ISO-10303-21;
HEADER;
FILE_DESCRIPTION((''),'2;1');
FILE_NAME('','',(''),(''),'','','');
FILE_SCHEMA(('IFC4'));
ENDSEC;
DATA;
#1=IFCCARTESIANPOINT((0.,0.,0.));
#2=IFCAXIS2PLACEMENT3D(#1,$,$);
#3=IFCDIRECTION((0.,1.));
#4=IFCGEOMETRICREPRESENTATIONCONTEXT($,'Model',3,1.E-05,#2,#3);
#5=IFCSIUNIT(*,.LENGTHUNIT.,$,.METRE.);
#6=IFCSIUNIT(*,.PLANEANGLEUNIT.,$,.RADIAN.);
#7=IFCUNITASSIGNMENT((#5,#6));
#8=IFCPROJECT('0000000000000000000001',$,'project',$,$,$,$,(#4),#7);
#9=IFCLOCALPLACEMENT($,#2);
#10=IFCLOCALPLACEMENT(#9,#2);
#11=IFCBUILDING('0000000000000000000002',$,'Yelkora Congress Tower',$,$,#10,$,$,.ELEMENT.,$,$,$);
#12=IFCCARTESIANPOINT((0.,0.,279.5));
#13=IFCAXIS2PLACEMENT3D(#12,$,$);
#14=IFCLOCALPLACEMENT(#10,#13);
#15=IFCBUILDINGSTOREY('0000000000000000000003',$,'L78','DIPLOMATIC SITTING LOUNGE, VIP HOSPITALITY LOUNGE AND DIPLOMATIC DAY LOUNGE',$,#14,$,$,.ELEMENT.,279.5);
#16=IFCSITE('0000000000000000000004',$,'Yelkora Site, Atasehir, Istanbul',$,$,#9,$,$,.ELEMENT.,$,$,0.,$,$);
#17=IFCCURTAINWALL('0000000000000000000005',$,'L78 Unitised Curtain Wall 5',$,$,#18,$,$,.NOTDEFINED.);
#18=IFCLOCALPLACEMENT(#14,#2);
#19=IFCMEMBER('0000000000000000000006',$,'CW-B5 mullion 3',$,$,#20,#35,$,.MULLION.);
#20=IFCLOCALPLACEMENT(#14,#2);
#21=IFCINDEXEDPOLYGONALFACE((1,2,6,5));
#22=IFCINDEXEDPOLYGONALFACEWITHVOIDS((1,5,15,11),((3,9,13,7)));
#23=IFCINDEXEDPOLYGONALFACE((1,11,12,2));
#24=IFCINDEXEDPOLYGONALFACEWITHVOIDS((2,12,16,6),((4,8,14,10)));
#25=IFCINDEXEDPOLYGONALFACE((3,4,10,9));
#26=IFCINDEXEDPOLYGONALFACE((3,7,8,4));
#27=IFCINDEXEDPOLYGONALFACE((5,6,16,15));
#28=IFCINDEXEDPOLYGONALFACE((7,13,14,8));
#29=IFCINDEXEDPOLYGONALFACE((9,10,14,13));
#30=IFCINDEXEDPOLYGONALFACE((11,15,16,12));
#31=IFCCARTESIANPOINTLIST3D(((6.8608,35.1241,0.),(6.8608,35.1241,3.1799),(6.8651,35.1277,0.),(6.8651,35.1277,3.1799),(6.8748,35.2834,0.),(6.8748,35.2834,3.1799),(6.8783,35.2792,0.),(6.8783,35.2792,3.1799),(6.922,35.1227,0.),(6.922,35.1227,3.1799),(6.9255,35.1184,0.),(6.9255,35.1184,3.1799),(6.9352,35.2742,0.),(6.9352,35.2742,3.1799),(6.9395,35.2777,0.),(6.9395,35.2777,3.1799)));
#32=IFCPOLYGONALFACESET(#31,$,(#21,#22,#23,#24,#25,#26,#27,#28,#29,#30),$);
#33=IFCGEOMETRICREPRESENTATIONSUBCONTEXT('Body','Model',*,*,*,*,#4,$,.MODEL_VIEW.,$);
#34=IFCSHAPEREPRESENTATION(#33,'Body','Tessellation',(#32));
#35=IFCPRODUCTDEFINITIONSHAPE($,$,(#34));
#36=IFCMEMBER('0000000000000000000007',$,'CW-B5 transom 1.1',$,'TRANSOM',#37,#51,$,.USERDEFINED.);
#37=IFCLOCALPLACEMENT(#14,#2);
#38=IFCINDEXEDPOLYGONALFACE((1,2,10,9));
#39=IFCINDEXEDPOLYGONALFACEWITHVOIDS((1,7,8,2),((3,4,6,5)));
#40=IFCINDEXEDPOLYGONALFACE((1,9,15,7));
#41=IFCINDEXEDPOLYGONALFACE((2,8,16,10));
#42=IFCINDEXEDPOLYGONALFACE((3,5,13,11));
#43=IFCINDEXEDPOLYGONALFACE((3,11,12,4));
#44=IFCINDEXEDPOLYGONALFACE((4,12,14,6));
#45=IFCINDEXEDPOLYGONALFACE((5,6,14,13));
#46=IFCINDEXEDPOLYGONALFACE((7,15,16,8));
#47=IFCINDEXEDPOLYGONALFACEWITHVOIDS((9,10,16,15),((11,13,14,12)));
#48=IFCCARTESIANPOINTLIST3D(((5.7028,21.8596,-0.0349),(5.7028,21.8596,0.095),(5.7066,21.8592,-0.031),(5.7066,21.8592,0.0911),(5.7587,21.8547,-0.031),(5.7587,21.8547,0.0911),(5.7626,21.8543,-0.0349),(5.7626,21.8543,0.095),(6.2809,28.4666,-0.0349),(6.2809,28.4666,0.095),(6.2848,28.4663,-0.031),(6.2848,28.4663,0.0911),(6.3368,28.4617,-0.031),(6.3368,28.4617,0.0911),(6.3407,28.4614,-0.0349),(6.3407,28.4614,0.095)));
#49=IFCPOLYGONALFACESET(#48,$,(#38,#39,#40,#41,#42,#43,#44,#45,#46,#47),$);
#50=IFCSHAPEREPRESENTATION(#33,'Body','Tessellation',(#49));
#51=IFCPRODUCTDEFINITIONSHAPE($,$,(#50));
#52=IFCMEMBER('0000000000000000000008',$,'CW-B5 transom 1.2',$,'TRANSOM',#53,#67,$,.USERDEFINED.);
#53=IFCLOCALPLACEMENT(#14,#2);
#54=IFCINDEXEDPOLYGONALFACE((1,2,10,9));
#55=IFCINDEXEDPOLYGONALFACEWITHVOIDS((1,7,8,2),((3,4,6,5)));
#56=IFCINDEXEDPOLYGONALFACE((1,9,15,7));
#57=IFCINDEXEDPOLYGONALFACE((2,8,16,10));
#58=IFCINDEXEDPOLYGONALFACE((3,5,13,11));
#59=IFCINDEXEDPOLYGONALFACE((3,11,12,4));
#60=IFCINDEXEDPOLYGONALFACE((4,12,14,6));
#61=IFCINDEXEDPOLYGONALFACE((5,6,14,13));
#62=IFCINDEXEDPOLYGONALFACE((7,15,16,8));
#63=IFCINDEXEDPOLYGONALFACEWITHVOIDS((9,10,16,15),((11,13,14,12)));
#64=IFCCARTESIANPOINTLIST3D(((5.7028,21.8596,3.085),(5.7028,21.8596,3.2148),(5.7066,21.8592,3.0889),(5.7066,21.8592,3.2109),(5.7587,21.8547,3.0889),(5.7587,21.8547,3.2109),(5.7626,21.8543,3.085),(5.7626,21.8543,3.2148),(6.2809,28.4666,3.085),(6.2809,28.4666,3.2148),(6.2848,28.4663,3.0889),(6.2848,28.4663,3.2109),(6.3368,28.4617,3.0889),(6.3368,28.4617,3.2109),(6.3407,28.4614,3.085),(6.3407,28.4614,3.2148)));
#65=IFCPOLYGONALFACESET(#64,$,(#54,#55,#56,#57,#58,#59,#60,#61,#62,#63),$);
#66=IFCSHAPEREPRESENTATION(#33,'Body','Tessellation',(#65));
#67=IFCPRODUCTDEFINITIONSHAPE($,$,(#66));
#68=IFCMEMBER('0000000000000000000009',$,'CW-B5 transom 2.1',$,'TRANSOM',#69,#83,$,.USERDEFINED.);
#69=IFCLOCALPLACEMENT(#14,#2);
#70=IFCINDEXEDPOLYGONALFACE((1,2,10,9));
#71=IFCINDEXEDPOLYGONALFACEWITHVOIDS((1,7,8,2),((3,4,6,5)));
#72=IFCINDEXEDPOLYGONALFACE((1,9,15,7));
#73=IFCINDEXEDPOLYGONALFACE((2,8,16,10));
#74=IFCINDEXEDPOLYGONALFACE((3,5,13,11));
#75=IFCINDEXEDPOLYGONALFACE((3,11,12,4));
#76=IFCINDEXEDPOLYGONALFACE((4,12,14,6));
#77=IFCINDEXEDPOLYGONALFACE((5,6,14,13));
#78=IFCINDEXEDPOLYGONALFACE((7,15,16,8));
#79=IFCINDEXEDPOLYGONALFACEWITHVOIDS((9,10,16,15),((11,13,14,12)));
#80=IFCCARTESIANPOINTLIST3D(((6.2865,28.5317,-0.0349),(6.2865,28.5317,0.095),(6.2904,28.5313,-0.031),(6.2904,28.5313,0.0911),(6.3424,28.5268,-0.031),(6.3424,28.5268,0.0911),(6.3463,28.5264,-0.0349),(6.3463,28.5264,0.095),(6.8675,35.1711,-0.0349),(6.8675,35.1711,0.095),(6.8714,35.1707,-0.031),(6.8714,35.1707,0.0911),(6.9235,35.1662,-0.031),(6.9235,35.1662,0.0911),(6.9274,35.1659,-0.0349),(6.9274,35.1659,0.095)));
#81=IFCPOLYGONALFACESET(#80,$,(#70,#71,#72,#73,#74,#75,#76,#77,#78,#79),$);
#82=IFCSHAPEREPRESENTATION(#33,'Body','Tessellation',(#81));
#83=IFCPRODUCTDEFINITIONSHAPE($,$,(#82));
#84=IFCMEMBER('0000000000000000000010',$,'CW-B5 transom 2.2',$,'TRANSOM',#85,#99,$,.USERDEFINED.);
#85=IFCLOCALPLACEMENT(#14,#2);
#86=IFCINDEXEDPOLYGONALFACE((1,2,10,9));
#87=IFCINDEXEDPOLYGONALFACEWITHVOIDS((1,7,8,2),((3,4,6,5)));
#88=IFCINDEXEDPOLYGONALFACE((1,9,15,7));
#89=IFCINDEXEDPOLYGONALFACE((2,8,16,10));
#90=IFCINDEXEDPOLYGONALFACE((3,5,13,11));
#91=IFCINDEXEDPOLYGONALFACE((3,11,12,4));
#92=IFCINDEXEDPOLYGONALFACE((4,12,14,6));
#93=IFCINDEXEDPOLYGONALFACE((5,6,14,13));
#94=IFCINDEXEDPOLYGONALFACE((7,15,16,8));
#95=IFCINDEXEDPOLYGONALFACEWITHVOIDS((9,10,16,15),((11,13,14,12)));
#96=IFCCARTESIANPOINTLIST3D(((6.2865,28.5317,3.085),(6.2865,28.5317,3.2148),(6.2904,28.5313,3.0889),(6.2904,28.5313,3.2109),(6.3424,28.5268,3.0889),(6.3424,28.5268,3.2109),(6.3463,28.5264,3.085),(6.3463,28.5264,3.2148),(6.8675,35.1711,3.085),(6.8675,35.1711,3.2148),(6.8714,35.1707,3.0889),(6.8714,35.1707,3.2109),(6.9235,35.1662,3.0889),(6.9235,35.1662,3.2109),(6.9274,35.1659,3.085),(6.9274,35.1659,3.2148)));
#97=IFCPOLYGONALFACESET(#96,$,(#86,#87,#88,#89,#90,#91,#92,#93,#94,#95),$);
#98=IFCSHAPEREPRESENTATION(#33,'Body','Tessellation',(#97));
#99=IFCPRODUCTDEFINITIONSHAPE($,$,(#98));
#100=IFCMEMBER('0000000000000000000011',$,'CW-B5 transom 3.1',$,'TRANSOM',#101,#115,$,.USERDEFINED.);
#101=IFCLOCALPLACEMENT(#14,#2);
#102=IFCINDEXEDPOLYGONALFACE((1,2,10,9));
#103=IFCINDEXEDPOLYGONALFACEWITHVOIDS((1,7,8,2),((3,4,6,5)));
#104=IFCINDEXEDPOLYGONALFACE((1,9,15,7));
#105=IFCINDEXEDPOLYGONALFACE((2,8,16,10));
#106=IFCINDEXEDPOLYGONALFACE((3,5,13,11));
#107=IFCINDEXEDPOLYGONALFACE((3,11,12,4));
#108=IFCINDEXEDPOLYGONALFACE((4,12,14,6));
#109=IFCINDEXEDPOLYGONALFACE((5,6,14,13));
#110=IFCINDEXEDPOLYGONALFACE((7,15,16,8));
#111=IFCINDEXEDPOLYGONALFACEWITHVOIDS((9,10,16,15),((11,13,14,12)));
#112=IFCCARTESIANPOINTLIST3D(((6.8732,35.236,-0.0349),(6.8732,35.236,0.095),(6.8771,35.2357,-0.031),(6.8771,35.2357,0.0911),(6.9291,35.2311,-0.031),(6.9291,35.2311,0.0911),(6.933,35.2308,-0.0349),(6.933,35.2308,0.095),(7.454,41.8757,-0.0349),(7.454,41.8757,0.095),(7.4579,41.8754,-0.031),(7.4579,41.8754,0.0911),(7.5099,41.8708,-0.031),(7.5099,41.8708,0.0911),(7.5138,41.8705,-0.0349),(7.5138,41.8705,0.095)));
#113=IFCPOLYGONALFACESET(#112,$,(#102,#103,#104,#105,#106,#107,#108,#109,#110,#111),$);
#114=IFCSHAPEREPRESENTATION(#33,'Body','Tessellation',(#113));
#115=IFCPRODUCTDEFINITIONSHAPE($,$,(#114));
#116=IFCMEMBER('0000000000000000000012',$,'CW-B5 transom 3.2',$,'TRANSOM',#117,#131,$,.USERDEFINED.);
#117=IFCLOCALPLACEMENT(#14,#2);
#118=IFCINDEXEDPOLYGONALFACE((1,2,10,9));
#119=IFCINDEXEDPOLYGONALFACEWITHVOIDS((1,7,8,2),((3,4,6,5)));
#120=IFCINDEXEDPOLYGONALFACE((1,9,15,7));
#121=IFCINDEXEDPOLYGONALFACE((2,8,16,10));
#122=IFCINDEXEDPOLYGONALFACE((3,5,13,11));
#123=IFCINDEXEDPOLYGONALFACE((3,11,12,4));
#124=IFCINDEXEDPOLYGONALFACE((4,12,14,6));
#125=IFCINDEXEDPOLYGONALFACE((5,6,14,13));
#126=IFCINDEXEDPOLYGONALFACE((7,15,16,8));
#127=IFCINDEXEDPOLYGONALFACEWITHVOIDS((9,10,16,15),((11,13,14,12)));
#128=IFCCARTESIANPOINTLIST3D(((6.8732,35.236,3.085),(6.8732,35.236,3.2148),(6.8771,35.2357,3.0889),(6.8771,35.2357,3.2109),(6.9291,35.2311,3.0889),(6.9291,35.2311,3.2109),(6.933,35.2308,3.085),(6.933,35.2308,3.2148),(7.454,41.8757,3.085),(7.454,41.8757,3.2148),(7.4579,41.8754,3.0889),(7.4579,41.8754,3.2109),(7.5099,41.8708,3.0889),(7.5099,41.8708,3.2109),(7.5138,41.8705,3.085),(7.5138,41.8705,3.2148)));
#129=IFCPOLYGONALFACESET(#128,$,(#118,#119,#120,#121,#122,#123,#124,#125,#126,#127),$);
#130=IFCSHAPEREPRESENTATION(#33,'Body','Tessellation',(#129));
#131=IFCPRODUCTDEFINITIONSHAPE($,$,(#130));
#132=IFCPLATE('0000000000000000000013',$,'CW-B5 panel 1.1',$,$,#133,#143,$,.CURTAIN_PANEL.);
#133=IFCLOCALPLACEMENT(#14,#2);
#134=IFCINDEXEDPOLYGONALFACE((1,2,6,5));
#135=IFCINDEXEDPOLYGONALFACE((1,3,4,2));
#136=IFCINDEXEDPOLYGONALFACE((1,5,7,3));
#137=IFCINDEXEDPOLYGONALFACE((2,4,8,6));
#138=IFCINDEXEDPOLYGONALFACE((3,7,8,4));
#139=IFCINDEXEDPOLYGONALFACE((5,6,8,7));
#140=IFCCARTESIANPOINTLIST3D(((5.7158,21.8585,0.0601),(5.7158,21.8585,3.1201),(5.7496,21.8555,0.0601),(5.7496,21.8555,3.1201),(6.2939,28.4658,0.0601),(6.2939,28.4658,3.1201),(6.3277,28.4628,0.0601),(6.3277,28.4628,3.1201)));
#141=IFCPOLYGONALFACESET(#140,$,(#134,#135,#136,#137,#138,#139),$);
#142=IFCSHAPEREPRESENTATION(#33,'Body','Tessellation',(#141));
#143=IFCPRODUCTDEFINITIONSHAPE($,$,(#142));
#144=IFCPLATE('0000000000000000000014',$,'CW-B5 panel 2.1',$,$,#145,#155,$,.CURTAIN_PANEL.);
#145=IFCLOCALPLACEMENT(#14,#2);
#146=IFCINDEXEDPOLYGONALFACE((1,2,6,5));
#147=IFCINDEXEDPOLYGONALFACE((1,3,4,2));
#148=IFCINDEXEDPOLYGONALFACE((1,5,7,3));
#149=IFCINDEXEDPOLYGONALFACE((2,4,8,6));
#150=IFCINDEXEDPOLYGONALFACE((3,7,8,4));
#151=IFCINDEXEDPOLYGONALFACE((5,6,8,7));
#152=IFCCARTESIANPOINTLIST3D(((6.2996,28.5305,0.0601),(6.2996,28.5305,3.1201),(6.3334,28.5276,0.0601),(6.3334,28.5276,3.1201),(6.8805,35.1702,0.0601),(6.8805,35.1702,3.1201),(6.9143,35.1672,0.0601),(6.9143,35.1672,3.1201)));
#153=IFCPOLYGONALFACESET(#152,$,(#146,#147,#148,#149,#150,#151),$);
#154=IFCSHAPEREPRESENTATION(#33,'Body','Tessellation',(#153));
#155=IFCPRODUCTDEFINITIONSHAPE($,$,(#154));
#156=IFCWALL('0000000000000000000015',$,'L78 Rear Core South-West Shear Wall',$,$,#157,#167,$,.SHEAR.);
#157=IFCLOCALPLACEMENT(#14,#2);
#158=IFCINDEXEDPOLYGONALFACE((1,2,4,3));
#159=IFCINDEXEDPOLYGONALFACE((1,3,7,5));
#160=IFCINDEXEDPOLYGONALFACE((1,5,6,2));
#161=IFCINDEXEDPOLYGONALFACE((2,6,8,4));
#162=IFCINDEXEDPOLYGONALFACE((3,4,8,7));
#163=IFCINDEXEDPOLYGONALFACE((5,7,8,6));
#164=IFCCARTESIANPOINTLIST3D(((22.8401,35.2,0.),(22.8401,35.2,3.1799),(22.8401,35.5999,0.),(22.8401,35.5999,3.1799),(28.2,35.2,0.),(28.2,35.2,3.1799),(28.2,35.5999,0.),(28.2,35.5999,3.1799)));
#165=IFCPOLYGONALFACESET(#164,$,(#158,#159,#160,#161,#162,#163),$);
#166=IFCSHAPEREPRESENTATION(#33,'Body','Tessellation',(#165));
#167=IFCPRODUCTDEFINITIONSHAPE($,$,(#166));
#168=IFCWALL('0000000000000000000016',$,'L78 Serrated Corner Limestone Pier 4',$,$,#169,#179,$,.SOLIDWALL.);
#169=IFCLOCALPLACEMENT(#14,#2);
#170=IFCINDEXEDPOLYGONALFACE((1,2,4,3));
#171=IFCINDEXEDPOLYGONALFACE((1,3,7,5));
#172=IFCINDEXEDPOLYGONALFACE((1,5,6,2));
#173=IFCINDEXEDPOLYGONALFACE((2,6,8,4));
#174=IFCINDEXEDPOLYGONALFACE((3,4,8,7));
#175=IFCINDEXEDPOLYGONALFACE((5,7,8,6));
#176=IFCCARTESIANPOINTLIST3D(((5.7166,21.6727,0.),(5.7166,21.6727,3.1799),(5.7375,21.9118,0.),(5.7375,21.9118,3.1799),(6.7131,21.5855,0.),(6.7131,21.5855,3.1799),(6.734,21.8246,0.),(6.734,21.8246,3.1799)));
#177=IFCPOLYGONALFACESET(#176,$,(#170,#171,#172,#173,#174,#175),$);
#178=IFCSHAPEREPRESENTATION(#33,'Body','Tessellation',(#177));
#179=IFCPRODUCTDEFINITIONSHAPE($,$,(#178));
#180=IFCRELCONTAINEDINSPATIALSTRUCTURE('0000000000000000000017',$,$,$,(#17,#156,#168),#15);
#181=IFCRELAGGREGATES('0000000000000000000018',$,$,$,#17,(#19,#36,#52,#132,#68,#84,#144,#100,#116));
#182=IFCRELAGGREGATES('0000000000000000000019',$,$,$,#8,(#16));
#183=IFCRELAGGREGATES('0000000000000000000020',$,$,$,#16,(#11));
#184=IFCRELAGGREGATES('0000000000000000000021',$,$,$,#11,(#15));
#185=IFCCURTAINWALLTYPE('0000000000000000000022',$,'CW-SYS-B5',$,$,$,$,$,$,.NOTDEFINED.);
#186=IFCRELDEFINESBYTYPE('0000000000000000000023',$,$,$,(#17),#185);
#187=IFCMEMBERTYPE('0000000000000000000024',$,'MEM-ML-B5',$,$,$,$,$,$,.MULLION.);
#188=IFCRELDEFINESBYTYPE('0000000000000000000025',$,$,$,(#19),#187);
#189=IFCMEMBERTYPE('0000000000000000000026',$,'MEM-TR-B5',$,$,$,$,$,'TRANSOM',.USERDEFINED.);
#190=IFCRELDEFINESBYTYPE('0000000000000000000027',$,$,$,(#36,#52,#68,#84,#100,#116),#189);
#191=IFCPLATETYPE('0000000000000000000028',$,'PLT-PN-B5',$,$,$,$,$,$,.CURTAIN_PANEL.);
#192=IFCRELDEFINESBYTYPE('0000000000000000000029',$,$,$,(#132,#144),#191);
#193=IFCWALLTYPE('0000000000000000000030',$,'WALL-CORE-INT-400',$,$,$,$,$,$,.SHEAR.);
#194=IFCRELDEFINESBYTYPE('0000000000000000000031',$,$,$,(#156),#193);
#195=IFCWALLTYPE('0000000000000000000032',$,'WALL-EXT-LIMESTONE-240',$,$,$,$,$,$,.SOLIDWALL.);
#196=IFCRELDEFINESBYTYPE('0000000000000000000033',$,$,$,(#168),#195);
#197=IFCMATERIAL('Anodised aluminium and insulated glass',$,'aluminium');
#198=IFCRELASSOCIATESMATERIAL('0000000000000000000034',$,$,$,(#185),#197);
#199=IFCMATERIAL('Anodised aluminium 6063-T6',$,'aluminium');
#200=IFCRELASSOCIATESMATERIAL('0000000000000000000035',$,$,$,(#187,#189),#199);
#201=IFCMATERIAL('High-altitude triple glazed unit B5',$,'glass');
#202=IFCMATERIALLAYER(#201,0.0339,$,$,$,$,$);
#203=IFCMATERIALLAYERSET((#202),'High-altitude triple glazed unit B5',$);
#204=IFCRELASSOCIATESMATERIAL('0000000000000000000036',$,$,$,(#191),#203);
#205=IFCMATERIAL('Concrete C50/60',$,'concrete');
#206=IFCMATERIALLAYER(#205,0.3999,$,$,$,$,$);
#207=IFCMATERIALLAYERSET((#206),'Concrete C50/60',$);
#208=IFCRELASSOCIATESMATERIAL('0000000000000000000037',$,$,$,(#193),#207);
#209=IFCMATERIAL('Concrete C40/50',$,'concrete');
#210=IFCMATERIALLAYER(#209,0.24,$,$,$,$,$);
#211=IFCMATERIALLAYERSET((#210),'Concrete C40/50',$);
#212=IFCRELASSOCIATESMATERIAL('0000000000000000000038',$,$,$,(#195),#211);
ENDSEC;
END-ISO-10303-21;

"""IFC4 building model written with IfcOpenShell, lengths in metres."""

from ifc_helpers import new_model, si_unit, direction, frame, frame_2d, origin, origin_2d, place, context, subcontext, project, spatial, rectangle, hollow_rectangle, extrude, material, layer, layer_set, material_profile, profile_set, type_object, element, aggregate, save


model = new_model("IFC4")

# Units and contexts
model_context = context("Model", 3, precision=1e-05, world=origin(), true_north=direction((0.0, 1.0)))
body_context = subcontext(model_context, "Body", "Model", "MODEL_VIEW")
ifc_project = project(units=[si_unit("LENGTHUNIT", "METRE"), si_unit("PLANEANGLEUNIT", "RADIAN")], contexts=[model_context])

# Site, building, storey
site_placement = place(None, origin())
site = spatial("IfcSite", under=ifc_project, at=site_placement, Name="Yelkora Site, Atasehir, Istanbul", CompositionType="ELEMENT", RefElevation=0.0)
building_placement = place(site_placement, origin())
building = spatial("IfcBuilding", under=site, at=building_placement, Name="Yelkora Congress Tower", CompositionType="ELEMENT")
storey_placement = place(building_placement, frame((0.0, 0.0, 279.5)))
storey = spatial("IfcBuildingStorey", under=building, at=storey_placement, Name="L78", Description="DIPLOMATIC SITTING LOUNGE, VIP HOSPITALITY LOUNGE AND DIPLOMATIC DAY LOUNGE", CompositionType="ELEMENT", Elevation=279.5)

# Curtain wall, members, plates
ifc_material_1 = material(Name="Anodised aluminium and insulated glass", Category="aluminium")
curtain_wall_type = type_object("IfcCurtainWallType", Name="CW-SYS-B5", PredefinedType="NOTDEFINED", material=ifc_material_1)
curtain_wall_placement = place(storey_placement, origin())
curtain_wall = element("IfcCurtainWall", 1, at=curtain_wall_placement, inside=storey, type_object=curtain_wall_type, Name="L78 Unitised Curtain Wall 5", PredefinedType="NOTDEFINED")
ifc_material_2 = material(Name="Anodised aluminium 6063-T6", Category="aluminium")
ifc_material_profile_1 = material_profile(ifc_material_2, hollow_rectangle(XDim=0.0649, YDim=0.1599, WallThickness=0.0039, at=origin_2d()), Name="ALU 65x160x4")
ifc_profile_set_1 = profile_set([ifc_material_profile_1], Name="Anodised aluminium 6063-T6")
member_type_1 = type_object("IfcMemberType", Name="MEM-ML-B5", PredefinedType="MULLION", material=ifc_profile_set_1)
member_1_placement = place(storey_placement, frame((6.9001, 35.2009, 0.0), z_axis=(0.0, 0.0, 1.0), x_axis=(-0.996195, 0.087155, 0.0)))
member_1 = element("IfcMember", 2, at=member_1_placement, type_object=member_type_1, Name="CW-B5 mullion 3", PredefinedType="MULLION", context=body_context, shape_type="SweptSolid", body=[
    extrude(hollow_rectangle(XDim=0.0649, YDim=0.1599, WallThickness=0.0039, at=origin_2d()), origin(), (0.0, 0.0, 1.0), 3.1799),
])
ifc_material_profile_2 = material_profile(ifc_material_2, hollow_rectangle(XDim=0.0601, YDim=0.1299, WallThickness=0.0039, at=origin_2d()), Name="ALU 60x130x4")
ifc_profile_set_2 = profile_set([ifc_material_profile_2], Name="Anodised aluminium 6063-T6")
member_type_2 = type_object("IfcMemberType", Name="MEM-TR-B5", ElementType="TRANSOM", PredefinedType="USERDEFINED", material=ifc_profile_set_2)
member_2_placement = place(storey_placement, frame((5.7327, 21.8569, 0.03), z_axis=(0.087166, 0.996194, 0.0), x_axis=(-0.996194, 0.087166, 0.0)))
member_2 = element("IfcMember", 3, at=member_2_placement, type_object=member_type_2, Name="CW-B5 transom 1.1", ObjectType="TRANSOM", PredefinedType="USERDEFINED", context=body_context, shape_type="SweptSolid", body=[
    extrude(hollow_rectangle(XDim=0.0601, YDim=0.1299, WallThickness=0.0039, at=origin_2d()), origin(), (0.0, 0.0, 1.0), 6.6323),
])
member_3_placement = place(storey_placement, frame((5.7327, 21.8569, 3.1499), z_axis=(0.087166, 0.996194, 0.0), x_axis=(-0.996194, 0.087166, 0.0)))
member_3 = element("IfcMember", 4, at=member_3_placement, type_object=member_type_2, Name="CW-B5 transom 1.2", ObjectType="TRANSOM", PredefinedType="USERDEFINED", context=body_context, shape_type="SweptSolid", body=[
    extrude(hollow_rectangle(XDim=0.0601, YDim=0.1299, WallThickness=0.0039, at=origin_2d()), origin(), (0.0, 0.0, 1.0), 6.6323),
])
member_4_placement = place(storey_placement, frame((6.3164, 28.5291, 0.03), z_axis=(0.087183, 0.996192, 0.0), x_axis=(-0.996192, 0.087183, 0.0)))
member_4 = element("IfcMember", 5, at=member_4_placement, type_object=member_type_2, Name="CW-B5 transom 2.1", ObjectType="TRANSOM", PredefinedType="USERDEFINED", context=body_context, shape_type="SweptSolid", body=[
    extrude(hollow_rectangle(XDim=0.0601, YDim=0.1299, WallThickness=0.0039, at=origin_2d()), origin(), (0.0, 0.0, 1.0), 6.6648),
])
member_5_placement = place(storey_placement, frame((6.3164, 28.5291, 3.1499), z_axis=(0.087183, 0.996192, 0.0), x_axis=(-0.996192, 0.087183, 0.0)))
member_5 = element("IfcMember", 6, at=member_5_placement, type_object=member_type_2, Name="CW-B5 transom 2.2", ObjectType="TRANSOM", PredefinedType="USERDEFINED", context=body_context, shape_type="SweptSolid", body=[
    extrude(hollow_rectangle(XDim=0.0601, YDim=0.1299, WallThickness=0.0039, at=origin_2d()), origin(), (0.0, 0.0, 1.0), 6.6648),
])
member_6_placement = place(storey_placement, frame((6.9031, 35.2334, 0.03), z_axis=(0.087143, 0.996196, 0.0), x_axis=(-0.996196, 0.087143, 0.0)))
member_6 = element("IfcMember", 7, at=member_6_placement, type_object=member_type_2, Name="CW-B5 transom 3.1", ObjectType="TRANSOM", PredefinedType="USERDEFINED", context=body_context, shape_type="SweptSolid", body=[
    extrude(hollow_rectangle(XDim=0.0601, YDim=0.1299, WallThickness=0.0039, at=origin_2d()), origin(), (0.0, 0.0, 1.0), 6.665),
])
member_7_placement = place(storey_placement, frame((6.9031, 35.2334, 3.1499), z_axis=(0.087143, 0.996196, 0.0), x_axis=(-0.996196, 0.087143, 0.0)))
member_7 = element("IfcMember", 8, at=member_7_placement, type_object=member_type_2, Name="CW-B5 transom 3.2", ObjectType="TRANSOM", PredefinedType="USERDEFINED", context=body_context, shape_type="SweptSolid", body=[
    extrude(hollow_rectangle(XDim=0.0601, YDim=0.1299, WallThickness=0.0039, at=origin_2d()), origin(), (0.0, 0.0, 1.0), 6.665),
])
ifc_material_3 = material(Name="High-altitude triple glazed unit B5", Category="glass")
ifc_layer_1 = layer(ifc_material_3, 0.0339)
ifc_layer_set_1 = layer_set([ifc_layer_1], Name="High-altitude triple glazed unit B5")
plate_type = type_object("IfcPlateType", Name="PLT-PN-B5", PredefinedType="CURTAIN_PANEL", material=ifc_layer_set_1)
plate_1_placement = place(storey_placement, frame((6.0217, 25.1606, 0.0601), z_axis=(0.0, 0.0, 1.0), x_axis=(0.087155, 0.996195, 0.0)))
plate_1 = element("IfcPlate", 9, at=plate_1_placement, type_object=plate_type, Name="CW-B5 panel 1.1", PredefinedType="CURTAIN_PANEL", context=body_context, shape_type="SweptSolid", body=[
    extrude(rectangle(XDim=6.6326, YDim=0.0339, at=origin_2d()), origin(), (0.0, 0.0, 1.0), 3.0601),
])
plate_2_placement = place(storey_placement, frame((6.6069, 31.8489, 0.0601), z_axis=(0.0, 0.0, 1.0), x_axis=(0.087155, 0.996195, 0.0)))
plate_2 = element("IfcPlate", 10, at=plate_2_placement, type_object=plate_type, Name="CW-B5 panel 2.1", PredefinedType="CURTAIN_PANEL", context=body_context, shape_type="SweptSolid", body=[
    extrude(rectangle(XDim=6.665, YDim=0.0339, at=origin_2d()), origin(), (0.0, 0.0, 1.0), 3.0601),
])
aggregate(curtain_wall, [member_1, member_2, member_3, plate_1, member_4, member_5, plate_2, member_6, member_7])

# Walls
ifc_material_4 = material(Name="Concrete C50/60", Category="concrete")
ifc_layer_2 = layer(ifc_material_4, 0.3999)
ifc_layer_set_2 = layer_set([ifc_layer_2], Name="Concrete C50/60")
wall_type_1 = type_object("IfcWallType", Name="WALL-CORE-INT-400", PredefinedType="SHEAR", material=ifc_layer_set_2)
wall_1_placement = place(storey_placement, frame((22.8401, 35.3999, 0.0), z_axis=(0.0, 0.0, 1.0), x_axis=(1.0, 0.0, 0.0)))
element("IfcWall", 11, at=wall_1_placement, inside=storey, type_object=wall_type_1, Name="L78 Rear Core South-West Shear Wall", PredefinedType="SHEAR", context=body_context, shape_type="SweptSolid", body=[
    extrude(rectangle(XDim=5.3599, YDim=0.3999, at=frame_2d((2.6799, 0.0))), origin(), (0.0, 0.0, 1.0), 3.1799),
])
ifc_material_5 = material(Name="Concrete C40/50", Category="concrete")
ifc_layer_3 = layer(ifc_material_5, 0.24)
ifc_layer_set_3 = layer_set([ifc_layer_3], Name="Concrete C40/50")
wall_type_2 = type_object("IfcWallType", Name="WALL-EXT-LIMESTONE-240", PredefinedType="SOLIDWALL", material=ifc_layer_set_3)
wall_2_placement = place(storey_placement, frame((6.7234, 21.7051, 0.0), z_axis=(0.0, 0.0, 1.0), x_axis=(-0.996196, 0.087146, 0.0)))
element("IfcWall", 12, at=wall_2_placement, inside=storey, type_object=wall_type_2, Name="L78 Serrated Corner Limestone Pier 4", PredefinedType="SOLIDWALL", context=body_context, shape_type="SweptSolid", body=[
    extrude(rectangle(XDim=1.0002, YDim=0.24, at=frame_2d((0.5, 0.0))), origin(), (0.0, 0.0, 1.0), 3.1799),
])

save(model, "model.ifc")
